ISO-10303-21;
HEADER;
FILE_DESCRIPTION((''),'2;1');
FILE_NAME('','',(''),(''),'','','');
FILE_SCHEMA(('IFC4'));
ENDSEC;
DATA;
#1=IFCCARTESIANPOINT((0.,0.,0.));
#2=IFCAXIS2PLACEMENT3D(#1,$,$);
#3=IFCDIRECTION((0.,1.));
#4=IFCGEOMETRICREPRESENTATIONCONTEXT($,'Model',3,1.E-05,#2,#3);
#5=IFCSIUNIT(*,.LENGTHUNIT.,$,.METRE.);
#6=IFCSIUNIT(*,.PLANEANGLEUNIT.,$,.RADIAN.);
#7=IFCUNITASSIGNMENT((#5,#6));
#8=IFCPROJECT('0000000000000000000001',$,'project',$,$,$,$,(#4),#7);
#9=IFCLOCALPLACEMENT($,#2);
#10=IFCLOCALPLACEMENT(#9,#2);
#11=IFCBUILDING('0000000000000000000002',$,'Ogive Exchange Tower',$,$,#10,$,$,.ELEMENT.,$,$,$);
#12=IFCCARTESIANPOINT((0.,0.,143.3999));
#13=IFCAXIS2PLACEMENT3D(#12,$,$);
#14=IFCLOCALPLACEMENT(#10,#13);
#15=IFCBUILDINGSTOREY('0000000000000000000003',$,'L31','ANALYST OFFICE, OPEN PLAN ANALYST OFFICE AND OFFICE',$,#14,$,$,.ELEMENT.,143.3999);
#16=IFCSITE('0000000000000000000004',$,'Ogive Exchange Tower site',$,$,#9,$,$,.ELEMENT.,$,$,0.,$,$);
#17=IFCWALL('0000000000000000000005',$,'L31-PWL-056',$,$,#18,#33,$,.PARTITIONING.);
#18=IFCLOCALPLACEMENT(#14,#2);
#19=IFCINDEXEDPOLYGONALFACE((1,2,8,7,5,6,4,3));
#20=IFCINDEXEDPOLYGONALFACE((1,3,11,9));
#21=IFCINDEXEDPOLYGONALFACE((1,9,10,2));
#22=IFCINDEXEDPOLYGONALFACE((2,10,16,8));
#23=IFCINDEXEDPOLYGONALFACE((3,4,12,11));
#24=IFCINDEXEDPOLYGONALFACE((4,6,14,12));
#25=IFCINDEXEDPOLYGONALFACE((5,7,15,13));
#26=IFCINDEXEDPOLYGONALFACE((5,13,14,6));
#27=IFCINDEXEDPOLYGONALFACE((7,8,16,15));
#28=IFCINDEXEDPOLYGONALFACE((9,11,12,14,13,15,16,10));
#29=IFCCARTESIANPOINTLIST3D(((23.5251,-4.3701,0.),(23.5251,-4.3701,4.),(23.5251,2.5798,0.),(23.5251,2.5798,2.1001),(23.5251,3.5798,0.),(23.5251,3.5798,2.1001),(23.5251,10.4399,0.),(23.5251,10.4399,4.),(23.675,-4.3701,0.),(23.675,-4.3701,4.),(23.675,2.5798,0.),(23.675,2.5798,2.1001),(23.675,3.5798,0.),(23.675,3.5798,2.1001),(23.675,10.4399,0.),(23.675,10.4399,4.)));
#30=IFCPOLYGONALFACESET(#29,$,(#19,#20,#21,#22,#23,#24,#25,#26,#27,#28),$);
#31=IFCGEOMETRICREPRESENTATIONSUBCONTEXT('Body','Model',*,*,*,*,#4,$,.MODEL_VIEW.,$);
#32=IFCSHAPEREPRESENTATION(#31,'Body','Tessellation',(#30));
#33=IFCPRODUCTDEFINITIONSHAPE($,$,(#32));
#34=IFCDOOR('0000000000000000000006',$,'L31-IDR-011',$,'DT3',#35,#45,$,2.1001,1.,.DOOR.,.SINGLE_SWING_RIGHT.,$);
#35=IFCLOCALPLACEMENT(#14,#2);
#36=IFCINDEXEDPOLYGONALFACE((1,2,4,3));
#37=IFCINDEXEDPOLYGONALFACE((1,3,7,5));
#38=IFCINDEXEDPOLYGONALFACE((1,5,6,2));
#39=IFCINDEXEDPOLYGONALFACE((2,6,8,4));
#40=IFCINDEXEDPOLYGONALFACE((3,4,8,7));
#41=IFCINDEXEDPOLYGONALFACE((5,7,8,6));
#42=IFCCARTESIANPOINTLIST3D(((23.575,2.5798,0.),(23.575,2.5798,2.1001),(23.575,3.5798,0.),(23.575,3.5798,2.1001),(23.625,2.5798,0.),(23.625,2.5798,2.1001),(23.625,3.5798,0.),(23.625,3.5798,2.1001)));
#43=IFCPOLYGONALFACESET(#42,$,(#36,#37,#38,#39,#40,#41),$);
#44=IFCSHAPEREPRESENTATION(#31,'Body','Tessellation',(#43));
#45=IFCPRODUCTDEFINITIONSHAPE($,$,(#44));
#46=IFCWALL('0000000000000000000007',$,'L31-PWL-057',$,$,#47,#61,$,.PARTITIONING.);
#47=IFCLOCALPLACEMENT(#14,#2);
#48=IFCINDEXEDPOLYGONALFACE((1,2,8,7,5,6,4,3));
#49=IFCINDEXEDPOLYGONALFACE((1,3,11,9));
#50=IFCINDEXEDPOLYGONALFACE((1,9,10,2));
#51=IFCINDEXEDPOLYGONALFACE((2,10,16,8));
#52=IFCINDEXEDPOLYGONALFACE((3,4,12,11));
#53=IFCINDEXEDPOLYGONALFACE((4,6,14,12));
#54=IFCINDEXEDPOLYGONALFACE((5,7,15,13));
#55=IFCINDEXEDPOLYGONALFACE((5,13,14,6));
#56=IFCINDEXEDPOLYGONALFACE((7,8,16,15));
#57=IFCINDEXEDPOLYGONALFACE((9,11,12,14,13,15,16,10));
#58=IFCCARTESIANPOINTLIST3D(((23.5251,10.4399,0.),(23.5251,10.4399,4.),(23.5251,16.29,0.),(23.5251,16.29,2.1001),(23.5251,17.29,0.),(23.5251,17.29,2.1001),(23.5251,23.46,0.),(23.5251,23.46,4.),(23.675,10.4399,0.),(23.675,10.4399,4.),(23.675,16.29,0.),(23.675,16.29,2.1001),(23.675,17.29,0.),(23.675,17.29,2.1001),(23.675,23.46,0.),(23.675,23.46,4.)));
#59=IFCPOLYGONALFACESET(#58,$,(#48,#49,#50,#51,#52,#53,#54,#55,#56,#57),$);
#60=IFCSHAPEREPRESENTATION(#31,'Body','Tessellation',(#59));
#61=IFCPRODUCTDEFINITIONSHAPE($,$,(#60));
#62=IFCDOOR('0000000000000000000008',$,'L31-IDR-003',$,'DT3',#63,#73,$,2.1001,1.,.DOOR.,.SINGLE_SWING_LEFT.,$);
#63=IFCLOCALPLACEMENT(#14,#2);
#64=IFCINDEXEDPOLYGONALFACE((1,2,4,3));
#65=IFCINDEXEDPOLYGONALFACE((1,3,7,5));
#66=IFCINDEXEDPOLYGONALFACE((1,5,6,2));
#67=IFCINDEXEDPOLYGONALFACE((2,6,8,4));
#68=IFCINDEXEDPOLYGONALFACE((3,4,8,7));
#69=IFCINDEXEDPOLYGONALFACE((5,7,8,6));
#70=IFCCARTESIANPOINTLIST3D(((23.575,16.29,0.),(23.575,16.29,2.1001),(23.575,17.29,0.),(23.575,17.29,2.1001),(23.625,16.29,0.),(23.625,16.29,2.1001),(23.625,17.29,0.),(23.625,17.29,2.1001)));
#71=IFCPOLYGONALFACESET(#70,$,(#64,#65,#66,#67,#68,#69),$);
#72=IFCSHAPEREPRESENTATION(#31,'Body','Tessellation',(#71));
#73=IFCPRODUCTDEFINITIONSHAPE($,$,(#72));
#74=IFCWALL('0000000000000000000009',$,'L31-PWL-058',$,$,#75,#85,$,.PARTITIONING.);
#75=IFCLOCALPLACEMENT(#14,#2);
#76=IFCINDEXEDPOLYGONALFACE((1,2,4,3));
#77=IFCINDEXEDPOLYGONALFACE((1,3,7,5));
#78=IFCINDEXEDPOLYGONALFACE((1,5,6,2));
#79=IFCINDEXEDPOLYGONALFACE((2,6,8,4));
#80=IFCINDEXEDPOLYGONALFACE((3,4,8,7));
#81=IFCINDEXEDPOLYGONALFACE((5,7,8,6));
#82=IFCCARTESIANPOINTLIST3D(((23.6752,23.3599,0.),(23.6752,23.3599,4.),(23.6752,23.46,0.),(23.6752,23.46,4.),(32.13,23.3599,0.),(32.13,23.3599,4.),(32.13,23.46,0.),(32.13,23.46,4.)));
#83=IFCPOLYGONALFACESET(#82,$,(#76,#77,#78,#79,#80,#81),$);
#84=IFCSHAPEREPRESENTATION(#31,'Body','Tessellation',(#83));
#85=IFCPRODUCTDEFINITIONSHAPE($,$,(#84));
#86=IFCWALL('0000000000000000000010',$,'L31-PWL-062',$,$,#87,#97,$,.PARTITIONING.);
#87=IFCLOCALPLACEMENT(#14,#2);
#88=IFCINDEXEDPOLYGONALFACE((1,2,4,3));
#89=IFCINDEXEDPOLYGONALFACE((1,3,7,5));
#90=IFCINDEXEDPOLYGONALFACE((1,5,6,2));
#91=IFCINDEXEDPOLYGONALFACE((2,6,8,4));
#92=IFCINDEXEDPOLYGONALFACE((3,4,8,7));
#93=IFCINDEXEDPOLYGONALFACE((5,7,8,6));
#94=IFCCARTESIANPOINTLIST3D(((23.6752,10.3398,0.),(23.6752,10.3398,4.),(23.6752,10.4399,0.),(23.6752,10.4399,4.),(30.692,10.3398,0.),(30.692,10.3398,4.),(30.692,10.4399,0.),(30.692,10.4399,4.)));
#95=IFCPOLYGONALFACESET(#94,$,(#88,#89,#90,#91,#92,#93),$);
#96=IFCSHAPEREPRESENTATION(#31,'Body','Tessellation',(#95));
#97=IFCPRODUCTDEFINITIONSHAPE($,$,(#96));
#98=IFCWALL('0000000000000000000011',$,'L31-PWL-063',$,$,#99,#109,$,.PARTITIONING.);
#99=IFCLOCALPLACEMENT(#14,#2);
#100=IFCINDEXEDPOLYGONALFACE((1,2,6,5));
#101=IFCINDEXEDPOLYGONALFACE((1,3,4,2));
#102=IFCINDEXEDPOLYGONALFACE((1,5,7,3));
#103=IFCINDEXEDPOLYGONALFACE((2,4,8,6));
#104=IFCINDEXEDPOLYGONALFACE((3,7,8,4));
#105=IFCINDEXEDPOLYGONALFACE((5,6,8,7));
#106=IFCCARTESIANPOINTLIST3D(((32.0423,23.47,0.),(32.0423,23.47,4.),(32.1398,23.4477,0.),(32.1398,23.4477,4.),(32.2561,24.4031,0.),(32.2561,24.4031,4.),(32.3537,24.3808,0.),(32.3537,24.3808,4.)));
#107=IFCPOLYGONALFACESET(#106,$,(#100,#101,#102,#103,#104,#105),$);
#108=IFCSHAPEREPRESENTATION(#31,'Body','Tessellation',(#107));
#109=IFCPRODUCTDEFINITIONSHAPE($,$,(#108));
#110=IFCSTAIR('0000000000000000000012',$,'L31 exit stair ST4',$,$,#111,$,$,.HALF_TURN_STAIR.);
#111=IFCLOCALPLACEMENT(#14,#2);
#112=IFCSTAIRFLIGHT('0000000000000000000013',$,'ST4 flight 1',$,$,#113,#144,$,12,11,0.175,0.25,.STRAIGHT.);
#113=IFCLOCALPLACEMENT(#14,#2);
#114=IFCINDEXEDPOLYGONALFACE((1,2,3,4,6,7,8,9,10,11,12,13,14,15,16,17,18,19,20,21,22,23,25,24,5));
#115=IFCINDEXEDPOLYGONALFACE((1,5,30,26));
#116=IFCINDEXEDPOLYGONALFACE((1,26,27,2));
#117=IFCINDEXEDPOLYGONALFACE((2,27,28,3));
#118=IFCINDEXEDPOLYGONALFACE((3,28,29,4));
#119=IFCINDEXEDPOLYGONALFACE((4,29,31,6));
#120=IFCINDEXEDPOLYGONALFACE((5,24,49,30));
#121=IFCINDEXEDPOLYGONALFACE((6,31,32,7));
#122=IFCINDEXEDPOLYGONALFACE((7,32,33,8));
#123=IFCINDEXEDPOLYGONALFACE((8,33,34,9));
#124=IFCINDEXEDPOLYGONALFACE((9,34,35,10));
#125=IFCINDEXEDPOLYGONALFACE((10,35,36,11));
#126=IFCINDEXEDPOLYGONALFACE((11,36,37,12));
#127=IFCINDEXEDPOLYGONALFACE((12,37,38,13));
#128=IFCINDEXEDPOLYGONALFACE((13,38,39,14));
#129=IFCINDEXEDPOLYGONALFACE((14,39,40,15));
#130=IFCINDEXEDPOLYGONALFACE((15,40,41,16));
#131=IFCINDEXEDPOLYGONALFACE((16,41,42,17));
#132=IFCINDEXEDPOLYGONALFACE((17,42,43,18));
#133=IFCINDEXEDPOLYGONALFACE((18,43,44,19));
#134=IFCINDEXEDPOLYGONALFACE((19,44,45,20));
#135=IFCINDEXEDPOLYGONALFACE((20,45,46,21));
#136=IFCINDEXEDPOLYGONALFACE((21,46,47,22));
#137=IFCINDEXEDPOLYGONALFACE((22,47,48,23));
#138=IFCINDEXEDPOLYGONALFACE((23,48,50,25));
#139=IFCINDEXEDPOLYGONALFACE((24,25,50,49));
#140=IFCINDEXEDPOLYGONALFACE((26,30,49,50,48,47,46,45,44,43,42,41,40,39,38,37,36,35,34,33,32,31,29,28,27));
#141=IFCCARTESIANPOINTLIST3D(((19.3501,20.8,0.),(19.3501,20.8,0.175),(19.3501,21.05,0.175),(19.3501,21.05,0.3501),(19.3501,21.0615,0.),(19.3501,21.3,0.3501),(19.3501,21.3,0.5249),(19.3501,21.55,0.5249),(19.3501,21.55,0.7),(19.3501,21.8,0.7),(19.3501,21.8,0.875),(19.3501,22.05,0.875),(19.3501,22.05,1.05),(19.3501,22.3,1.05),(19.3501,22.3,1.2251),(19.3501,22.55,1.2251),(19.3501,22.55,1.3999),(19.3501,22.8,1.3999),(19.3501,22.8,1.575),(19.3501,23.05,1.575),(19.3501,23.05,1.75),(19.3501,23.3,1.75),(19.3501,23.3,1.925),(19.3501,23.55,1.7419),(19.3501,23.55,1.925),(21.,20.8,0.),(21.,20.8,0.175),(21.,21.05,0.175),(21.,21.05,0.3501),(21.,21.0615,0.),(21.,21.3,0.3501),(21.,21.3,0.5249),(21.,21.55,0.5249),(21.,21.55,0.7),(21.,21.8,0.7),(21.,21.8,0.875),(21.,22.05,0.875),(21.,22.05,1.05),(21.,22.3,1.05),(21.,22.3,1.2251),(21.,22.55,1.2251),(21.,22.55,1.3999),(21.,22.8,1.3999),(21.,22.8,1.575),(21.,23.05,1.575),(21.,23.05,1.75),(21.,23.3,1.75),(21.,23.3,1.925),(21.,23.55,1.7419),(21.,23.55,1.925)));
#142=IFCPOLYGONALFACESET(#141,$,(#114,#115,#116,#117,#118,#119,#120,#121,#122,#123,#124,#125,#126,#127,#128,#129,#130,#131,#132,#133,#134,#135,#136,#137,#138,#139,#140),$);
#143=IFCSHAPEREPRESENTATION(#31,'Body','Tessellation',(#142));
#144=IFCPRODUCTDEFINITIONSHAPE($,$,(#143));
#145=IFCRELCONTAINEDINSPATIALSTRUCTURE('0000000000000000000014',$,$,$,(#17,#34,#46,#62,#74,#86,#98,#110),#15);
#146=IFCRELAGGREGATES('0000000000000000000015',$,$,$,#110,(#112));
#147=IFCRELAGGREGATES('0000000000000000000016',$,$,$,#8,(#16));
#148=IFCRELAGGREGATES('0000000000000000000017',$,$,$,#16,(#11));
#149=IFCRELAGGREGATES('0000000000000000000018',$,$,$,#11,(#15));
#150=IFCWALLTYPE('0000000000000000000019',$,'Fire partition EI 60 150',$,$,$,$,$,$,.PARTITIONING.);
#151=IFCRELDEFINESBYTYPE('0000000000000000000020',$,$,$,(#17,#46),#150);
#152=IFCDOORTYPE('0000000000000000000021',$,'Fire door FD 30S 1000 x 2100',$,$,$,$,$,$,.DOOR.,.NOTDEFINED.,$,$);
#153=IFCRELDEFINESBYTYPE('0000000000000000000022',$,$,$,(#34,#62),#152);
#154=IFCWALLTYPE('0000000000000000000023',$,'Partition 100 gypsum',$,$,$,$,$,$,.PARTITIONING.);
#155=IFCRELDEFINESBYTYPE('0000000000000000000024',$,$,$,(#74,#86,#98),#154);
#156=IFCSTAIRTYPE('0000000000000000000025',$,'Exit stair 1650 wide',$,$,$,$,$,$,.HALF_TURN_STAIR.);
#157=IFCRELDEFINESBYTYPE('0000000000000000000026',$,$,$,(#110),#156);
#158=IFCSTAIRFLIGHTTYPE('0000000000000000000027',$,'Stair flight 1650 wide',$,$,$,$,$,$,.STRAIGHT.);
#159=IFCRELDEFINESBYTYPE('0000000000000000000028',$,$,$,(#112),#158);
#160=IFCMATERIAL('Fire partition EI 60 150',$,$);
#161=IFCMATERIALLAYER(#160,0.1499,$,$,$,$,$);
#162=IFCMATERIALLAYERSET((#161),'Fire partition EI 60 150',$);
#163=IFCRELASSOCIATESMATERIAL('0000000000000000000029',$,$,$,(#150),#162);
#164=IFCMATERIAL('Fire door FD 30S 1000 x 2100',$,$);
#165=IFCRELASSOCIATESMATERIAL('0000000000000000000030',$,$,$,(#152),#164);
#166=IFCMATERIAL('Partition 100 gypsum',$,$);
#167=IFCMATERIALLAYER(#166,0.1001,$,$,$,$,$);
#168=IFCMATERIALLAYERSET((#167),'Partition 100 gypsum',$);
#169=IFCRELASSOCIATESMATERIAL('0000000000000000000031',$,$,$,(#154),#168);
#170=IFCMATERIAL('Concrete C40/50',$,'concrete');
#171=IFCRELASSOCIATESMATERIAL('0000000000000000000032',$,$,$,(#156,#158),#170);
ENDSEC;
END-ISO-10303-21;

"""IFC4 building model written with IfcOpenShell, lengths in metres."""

from ifc_helpers import new_model, si_unit, direction, frame, frame_2d, origin, place, context, subcontext, project, spatial, polyline, rectangle, outline, extrude, material, layer, layer_set, type_object, element, fill, aggregate, save


model = new_model("IFC4")

# Units and contexts
model_context = context("Model", 3, precision=1e-05, world=origin(), true_north=direction((0.0, 1.0)))
body_context = subcontext(model_context, "Body", "Model", "MODEL_VIEW")
ifc_project = project(units=[si_unit("LENGTHUNIT", "METRE"), si_unit("PLANEANGLEUNIT", "RADIAN")], contexts=[model_context])

# Site, building, storey
site_placement = place(None, origin())
site = spatial("IfcSite", under=ifc_project, at=site_placement, Name="Ogive Exchange Tower site", CompositionType="ELEMENT", RefElevation=0.0)
building_placement = place(site_placement, origin())
building = spatial("IfcBuilding", under=site, at=building_placement, Name="Ogive Exchange Tower", CompositionType="ELEMENT")
storey_placement = place(building_placement, frame((0.0, 0.0, 143.3999)))
storey = spatial("IfcBuildingStorey", under=building, at=storey_placement, Name="L31", Description="ANALYST OFFICE, OPEN PLAN ANALYST OFFICE AND OFFICE", CompositionType="ELEMENT", Elevation=143.3999)

# Walls, openings, doors
ifc_material_1 = material(Name="Fire partition EI 60 150")
ifc_layer_1 = layer(ifc_material_1, 0.1499)
ifc_layer_set_1 = layer_set([ifc_layer_1], Name="Fire partition EI 60 150")
wall_type_1 = type_object("IfcWallType", Name="Fire partition EI 60 150", PredefinedType="PARTITIONING", material=ifc_layer_set_1)
wall_1_placement = place(storey_placement, frame((23.6001, 10.4399, 0.0), z_axis=(0.0, 0.0, 1.0), x_axis=(0.0, -1.0, 0.0)))
wall_1 = element("IfcWall", 1, at=wall_1_placement, inside=storey, type_object=wall_type_1, Name="L31-PWL-056", PredefinedType="PARTITIONING", context=body_context, shape_type="SweptSolid", body=[
    extrude(rectangle(XDim=14.8101, YDim=0.1499, at=frame_2d((7.405, 0.0))), origin(), (0.0, 0.0, 1.0), 4.0),
])
opening_1_placement = place(wall_1_placement, frame((6.8601, 0.0, 0.0)))
opening_1 = element("IfcOpeningElement", 2, at=opening_1_placement, cuts=wall_1, PredefinedType="OPENING", context=body_context, shape_type="SweptSolid", body=[
    extrude(rectangle(XDim=1.0, YDim=2.1001, at=frame_2d((0.5, 1.05))), frame((0.0, 0.085, 0.0), z_axis=(0.0, -1.0, 0.0), x_axis=(1.0, 0.0, 0.0)), (0.0, 0.0, 1.0), 0.1699),
])
ifc_material_2 = material(Name="Fire door FD 30S 1000 x 2100")
door_type = type_object("IfcDoorType", Name="Fire door FD 30S 1000 x 2100", OperationType="NOTDEFINED", PredefinedType="DOOR", material=ifc_material_2)
door_1_placement = place(opening_1_placement, origin())
door_1 = element("IfcDoor", 3, at=door_1_placement, inside=storey, type_object=door_type, Name="L31-IDR-011", ObjectType="DT3", OperationType="SINGLE_SWING_RIGHT", OverallHeight=2.1001, OverallWidth=1.0, PredefinedType="DOOR", context=body_context, shape_type="SweptSolid", body=[
    extrude(rectangle(XDim=1.0, YDim=2.1001, at=frame_2d((0.5, 1.05))), frame((0.0, 0.0249, 0.0), z_axis=(0.0, -1.0, 0.0), x_axis=(1.0, 0.0, 0.0)), (0.0, 0.0, 1.0), 0.05),
])
fill(opening_1, door_1)
wall_2_placement = place(storey_placement, frame((23.6001, 23.46, 0.0), z_axis=(0.0, 0.0, 1.0), x_axis=(0.0, -1.0, 0.0)))
wall_2 = element("IfcWall", 4, at=wall_2_placement, inside=storey, type_object=wall_type_1, Name="L31-PWL-057", PredefinedType="PARTITIONING", context=body_context, shape_type="SweptSolid", body=[
    extrude(rectangle(XDim=13.02, YDim=0.1499, at=frame_2d((6.51, 0.0))), origin(), (0.0, 0.0, 1.0), 4.0),
])
opening_2_placement = place(wall_2_placement, frame((6.1699, 0.0, 0.0)))
opening_2 = element("IfcOpeningElement", 5, at=opening_2_placement, cuts=wall_2, PredefinedType="OPENING", context=body_context, shape_type="SweptSolid", body=[
    extrude(rectangle(XDim=1.0, YDim=2.1001, at=frame_2d((0.5, 1.05))), frame((0.0, 0.085, 0.0), z_axis=(0.0, -1.0, 0.0), x_axis=(1.0, 0.0, 0.0)), (0.0, 0.0, 1.0), 0.1699),
])
door_2_placement = place(opening_2_placement, origin())
door_2 = element("IfcDoor", 6, at=door_2_placement, inside=storey, type_object=door_type, Name="L31-IDR-003", ObjectType="DT3", OperationType="SINGLE_SWING_LEFT", OverallHeight=2.1001, OverallWidth=1.0, PredefinedType="DOOR", context=body_context, shape_type="SweptSolid", body=[
    extrude(rectangle(XDim=1.0, YDim=2.1001, at=frame_2d((0.5, 1.05))), frame((0.0, 0.0249, 0.0), z_axis=(0.0, -1.0, 0.0), x_axis=(1.0, 0.0, 0.0)), (0.0, 0.0, 1.0), 0.05),
])
fill(opening_2, door_2)

# Walls
ifc_material_3 = material(Name="Partition 100 gypsum")
ifc_layer_2 = layer(ifc_material_3, 0.1001)
ifc_layer_set_2 = layer_set([ifc_layer_2], Name="Partition 100 gypsum")
wall_type_2 = type_object("IfcWallType", Name="Partition 100 gypsum", PredefinedType="PARTITIONING", material=ifc_layer_set_2)
wall_3_placement = place(storey_placement, frame((23.675, 23.4099, 0.0), z_axis=(0.0, 0.0, 1.0), x_axis=(1.0, 0.0, 0.0)))
element("IfcWall", 7, at=wall_3_placement, inside=storey, type_object=wall_type_2, Name="L31-PWL-058", PredefinedType="PARTITIONING", context=body_context, shape_type="SweptSolid", body=[
    extrude(rectangle(XDim=8.4548, YDim=0.1001, at=frame_2d((4.2275, 0.0))), origin(), (0.0, 0.0, 1.0), 4.0),
])
wall_4_placement = place(storey_placement, frame((30.6919, 10.3899, 0.0), z_axis=(0.0, 0.0, 1.0), x_axis=(-1.0, 0.0, 0.0)))
element("IfcWall", 8, at=wall_4_placement, inside=storey, type_object=wall_type_2, Name="L31-PWL-062", PredefinedType="PARTITIONING", context=body_context, shape_type="SweptSolid", body=[
    extrude(rectangle(XDim=7.0168, YDim=0.1001, at=frame_2d((3.5083, 0.0))), origin(), (0.0, 0.0, 1.0), 4.0),
])
wall_5_placement = place(storey_placement, frame((32.0911, 23.459, 0.0), z_axis=(0.0, 0.0, 1.0), x_axis=(0.223406, 0.974725, 0.0)))
element("IfcWall", 9, at=wall_5_placement, inside=storey, type_object=wall_type_2, Name="L31-PWL-063", PredefinedType="PARTITIONING", context=body_context, shape_type="SweptSolid", body=[
    extrude(rectangle(XDim=0.9573, YDim=0.1001, at=frame_2d((0.4785, 0.0))), origin(), (0.0, 0.0, 1.0), 4.0),
])

# Stair, stair flight
ifc_material_4 = material(Name="Concrete C40/50", Category="concrete")
stair_type = type_object("IfcStairType", Name="Exit stair 1650 wide", PredefinedType="HALF_TURN_STAIR", material=ifc_material_4)
stair_placement = place(storey_placement, origin())
stair = element("IfcStair", 10, at=stair_placement, inside=storey, type_object=stair_type, Name="L31 exit stair ST4", PredefinedType="HALF_TURN_STAIR")
stair_flight_type = type_object("IfcStairFlightType", Name="Stair flight 1650 wide", PredefinedType="STRAIGHT", material=ifc_material_4)
stair_flight_placement = place(storey_placement, frame((20.175, 20.8, 0.0), z_axis=(0.0, 0.0, 1.0), x_axis=(0.0, 1.0, 0.0)))
stair_flight = element("IfcStairFlight", 11, at=stair_flight_placement, type_object=stair_flight_type, Name="ST4 flight 1", NumberOfRisers=12, NumberOfTreads=11, PredefinedType="STRAIGHT", RiserHeight=0.175, TreadLength=0.25, context=body_context, shape_type="SweptSolid", body=[
    extrude(outline(polyline([(0.0, 0.0), (0.0, 0.175), (0.25, 0.175), (0.25, 0.3501), (0.5, 0.3501), (0.5, 0.5249), (0.75, 0.5249), (0.75, 0.7), (1.0, 0.7), (1.0, 0.875), (1.25, 0.875), (1.25, 1.05), (1.5, 1.05), (1.5, 1.2251), (1.75, 1.2251), (1.75, 1.3999), (2.0, 1.3999), (2.0, 1.575), (2.25, 1.575), (2.25, 1.75), (2.5, 1.75), (2.5, 1.925), (2.75, 1.925), (2.75, 2.1001), (2.75, 1.7419), (0.2615, 0.0), (0.0, 0.0)])), frame((0.0, 0.825, 0.0), z_axis=(0.0, -1.0, 0.0), x_axis=(1.0, 0.0, 0.0)), (0.0, 0.0, 1.0), 1.6499),
])
aggregate(stair, [stair_flight])

save(model, "model.ifc")
